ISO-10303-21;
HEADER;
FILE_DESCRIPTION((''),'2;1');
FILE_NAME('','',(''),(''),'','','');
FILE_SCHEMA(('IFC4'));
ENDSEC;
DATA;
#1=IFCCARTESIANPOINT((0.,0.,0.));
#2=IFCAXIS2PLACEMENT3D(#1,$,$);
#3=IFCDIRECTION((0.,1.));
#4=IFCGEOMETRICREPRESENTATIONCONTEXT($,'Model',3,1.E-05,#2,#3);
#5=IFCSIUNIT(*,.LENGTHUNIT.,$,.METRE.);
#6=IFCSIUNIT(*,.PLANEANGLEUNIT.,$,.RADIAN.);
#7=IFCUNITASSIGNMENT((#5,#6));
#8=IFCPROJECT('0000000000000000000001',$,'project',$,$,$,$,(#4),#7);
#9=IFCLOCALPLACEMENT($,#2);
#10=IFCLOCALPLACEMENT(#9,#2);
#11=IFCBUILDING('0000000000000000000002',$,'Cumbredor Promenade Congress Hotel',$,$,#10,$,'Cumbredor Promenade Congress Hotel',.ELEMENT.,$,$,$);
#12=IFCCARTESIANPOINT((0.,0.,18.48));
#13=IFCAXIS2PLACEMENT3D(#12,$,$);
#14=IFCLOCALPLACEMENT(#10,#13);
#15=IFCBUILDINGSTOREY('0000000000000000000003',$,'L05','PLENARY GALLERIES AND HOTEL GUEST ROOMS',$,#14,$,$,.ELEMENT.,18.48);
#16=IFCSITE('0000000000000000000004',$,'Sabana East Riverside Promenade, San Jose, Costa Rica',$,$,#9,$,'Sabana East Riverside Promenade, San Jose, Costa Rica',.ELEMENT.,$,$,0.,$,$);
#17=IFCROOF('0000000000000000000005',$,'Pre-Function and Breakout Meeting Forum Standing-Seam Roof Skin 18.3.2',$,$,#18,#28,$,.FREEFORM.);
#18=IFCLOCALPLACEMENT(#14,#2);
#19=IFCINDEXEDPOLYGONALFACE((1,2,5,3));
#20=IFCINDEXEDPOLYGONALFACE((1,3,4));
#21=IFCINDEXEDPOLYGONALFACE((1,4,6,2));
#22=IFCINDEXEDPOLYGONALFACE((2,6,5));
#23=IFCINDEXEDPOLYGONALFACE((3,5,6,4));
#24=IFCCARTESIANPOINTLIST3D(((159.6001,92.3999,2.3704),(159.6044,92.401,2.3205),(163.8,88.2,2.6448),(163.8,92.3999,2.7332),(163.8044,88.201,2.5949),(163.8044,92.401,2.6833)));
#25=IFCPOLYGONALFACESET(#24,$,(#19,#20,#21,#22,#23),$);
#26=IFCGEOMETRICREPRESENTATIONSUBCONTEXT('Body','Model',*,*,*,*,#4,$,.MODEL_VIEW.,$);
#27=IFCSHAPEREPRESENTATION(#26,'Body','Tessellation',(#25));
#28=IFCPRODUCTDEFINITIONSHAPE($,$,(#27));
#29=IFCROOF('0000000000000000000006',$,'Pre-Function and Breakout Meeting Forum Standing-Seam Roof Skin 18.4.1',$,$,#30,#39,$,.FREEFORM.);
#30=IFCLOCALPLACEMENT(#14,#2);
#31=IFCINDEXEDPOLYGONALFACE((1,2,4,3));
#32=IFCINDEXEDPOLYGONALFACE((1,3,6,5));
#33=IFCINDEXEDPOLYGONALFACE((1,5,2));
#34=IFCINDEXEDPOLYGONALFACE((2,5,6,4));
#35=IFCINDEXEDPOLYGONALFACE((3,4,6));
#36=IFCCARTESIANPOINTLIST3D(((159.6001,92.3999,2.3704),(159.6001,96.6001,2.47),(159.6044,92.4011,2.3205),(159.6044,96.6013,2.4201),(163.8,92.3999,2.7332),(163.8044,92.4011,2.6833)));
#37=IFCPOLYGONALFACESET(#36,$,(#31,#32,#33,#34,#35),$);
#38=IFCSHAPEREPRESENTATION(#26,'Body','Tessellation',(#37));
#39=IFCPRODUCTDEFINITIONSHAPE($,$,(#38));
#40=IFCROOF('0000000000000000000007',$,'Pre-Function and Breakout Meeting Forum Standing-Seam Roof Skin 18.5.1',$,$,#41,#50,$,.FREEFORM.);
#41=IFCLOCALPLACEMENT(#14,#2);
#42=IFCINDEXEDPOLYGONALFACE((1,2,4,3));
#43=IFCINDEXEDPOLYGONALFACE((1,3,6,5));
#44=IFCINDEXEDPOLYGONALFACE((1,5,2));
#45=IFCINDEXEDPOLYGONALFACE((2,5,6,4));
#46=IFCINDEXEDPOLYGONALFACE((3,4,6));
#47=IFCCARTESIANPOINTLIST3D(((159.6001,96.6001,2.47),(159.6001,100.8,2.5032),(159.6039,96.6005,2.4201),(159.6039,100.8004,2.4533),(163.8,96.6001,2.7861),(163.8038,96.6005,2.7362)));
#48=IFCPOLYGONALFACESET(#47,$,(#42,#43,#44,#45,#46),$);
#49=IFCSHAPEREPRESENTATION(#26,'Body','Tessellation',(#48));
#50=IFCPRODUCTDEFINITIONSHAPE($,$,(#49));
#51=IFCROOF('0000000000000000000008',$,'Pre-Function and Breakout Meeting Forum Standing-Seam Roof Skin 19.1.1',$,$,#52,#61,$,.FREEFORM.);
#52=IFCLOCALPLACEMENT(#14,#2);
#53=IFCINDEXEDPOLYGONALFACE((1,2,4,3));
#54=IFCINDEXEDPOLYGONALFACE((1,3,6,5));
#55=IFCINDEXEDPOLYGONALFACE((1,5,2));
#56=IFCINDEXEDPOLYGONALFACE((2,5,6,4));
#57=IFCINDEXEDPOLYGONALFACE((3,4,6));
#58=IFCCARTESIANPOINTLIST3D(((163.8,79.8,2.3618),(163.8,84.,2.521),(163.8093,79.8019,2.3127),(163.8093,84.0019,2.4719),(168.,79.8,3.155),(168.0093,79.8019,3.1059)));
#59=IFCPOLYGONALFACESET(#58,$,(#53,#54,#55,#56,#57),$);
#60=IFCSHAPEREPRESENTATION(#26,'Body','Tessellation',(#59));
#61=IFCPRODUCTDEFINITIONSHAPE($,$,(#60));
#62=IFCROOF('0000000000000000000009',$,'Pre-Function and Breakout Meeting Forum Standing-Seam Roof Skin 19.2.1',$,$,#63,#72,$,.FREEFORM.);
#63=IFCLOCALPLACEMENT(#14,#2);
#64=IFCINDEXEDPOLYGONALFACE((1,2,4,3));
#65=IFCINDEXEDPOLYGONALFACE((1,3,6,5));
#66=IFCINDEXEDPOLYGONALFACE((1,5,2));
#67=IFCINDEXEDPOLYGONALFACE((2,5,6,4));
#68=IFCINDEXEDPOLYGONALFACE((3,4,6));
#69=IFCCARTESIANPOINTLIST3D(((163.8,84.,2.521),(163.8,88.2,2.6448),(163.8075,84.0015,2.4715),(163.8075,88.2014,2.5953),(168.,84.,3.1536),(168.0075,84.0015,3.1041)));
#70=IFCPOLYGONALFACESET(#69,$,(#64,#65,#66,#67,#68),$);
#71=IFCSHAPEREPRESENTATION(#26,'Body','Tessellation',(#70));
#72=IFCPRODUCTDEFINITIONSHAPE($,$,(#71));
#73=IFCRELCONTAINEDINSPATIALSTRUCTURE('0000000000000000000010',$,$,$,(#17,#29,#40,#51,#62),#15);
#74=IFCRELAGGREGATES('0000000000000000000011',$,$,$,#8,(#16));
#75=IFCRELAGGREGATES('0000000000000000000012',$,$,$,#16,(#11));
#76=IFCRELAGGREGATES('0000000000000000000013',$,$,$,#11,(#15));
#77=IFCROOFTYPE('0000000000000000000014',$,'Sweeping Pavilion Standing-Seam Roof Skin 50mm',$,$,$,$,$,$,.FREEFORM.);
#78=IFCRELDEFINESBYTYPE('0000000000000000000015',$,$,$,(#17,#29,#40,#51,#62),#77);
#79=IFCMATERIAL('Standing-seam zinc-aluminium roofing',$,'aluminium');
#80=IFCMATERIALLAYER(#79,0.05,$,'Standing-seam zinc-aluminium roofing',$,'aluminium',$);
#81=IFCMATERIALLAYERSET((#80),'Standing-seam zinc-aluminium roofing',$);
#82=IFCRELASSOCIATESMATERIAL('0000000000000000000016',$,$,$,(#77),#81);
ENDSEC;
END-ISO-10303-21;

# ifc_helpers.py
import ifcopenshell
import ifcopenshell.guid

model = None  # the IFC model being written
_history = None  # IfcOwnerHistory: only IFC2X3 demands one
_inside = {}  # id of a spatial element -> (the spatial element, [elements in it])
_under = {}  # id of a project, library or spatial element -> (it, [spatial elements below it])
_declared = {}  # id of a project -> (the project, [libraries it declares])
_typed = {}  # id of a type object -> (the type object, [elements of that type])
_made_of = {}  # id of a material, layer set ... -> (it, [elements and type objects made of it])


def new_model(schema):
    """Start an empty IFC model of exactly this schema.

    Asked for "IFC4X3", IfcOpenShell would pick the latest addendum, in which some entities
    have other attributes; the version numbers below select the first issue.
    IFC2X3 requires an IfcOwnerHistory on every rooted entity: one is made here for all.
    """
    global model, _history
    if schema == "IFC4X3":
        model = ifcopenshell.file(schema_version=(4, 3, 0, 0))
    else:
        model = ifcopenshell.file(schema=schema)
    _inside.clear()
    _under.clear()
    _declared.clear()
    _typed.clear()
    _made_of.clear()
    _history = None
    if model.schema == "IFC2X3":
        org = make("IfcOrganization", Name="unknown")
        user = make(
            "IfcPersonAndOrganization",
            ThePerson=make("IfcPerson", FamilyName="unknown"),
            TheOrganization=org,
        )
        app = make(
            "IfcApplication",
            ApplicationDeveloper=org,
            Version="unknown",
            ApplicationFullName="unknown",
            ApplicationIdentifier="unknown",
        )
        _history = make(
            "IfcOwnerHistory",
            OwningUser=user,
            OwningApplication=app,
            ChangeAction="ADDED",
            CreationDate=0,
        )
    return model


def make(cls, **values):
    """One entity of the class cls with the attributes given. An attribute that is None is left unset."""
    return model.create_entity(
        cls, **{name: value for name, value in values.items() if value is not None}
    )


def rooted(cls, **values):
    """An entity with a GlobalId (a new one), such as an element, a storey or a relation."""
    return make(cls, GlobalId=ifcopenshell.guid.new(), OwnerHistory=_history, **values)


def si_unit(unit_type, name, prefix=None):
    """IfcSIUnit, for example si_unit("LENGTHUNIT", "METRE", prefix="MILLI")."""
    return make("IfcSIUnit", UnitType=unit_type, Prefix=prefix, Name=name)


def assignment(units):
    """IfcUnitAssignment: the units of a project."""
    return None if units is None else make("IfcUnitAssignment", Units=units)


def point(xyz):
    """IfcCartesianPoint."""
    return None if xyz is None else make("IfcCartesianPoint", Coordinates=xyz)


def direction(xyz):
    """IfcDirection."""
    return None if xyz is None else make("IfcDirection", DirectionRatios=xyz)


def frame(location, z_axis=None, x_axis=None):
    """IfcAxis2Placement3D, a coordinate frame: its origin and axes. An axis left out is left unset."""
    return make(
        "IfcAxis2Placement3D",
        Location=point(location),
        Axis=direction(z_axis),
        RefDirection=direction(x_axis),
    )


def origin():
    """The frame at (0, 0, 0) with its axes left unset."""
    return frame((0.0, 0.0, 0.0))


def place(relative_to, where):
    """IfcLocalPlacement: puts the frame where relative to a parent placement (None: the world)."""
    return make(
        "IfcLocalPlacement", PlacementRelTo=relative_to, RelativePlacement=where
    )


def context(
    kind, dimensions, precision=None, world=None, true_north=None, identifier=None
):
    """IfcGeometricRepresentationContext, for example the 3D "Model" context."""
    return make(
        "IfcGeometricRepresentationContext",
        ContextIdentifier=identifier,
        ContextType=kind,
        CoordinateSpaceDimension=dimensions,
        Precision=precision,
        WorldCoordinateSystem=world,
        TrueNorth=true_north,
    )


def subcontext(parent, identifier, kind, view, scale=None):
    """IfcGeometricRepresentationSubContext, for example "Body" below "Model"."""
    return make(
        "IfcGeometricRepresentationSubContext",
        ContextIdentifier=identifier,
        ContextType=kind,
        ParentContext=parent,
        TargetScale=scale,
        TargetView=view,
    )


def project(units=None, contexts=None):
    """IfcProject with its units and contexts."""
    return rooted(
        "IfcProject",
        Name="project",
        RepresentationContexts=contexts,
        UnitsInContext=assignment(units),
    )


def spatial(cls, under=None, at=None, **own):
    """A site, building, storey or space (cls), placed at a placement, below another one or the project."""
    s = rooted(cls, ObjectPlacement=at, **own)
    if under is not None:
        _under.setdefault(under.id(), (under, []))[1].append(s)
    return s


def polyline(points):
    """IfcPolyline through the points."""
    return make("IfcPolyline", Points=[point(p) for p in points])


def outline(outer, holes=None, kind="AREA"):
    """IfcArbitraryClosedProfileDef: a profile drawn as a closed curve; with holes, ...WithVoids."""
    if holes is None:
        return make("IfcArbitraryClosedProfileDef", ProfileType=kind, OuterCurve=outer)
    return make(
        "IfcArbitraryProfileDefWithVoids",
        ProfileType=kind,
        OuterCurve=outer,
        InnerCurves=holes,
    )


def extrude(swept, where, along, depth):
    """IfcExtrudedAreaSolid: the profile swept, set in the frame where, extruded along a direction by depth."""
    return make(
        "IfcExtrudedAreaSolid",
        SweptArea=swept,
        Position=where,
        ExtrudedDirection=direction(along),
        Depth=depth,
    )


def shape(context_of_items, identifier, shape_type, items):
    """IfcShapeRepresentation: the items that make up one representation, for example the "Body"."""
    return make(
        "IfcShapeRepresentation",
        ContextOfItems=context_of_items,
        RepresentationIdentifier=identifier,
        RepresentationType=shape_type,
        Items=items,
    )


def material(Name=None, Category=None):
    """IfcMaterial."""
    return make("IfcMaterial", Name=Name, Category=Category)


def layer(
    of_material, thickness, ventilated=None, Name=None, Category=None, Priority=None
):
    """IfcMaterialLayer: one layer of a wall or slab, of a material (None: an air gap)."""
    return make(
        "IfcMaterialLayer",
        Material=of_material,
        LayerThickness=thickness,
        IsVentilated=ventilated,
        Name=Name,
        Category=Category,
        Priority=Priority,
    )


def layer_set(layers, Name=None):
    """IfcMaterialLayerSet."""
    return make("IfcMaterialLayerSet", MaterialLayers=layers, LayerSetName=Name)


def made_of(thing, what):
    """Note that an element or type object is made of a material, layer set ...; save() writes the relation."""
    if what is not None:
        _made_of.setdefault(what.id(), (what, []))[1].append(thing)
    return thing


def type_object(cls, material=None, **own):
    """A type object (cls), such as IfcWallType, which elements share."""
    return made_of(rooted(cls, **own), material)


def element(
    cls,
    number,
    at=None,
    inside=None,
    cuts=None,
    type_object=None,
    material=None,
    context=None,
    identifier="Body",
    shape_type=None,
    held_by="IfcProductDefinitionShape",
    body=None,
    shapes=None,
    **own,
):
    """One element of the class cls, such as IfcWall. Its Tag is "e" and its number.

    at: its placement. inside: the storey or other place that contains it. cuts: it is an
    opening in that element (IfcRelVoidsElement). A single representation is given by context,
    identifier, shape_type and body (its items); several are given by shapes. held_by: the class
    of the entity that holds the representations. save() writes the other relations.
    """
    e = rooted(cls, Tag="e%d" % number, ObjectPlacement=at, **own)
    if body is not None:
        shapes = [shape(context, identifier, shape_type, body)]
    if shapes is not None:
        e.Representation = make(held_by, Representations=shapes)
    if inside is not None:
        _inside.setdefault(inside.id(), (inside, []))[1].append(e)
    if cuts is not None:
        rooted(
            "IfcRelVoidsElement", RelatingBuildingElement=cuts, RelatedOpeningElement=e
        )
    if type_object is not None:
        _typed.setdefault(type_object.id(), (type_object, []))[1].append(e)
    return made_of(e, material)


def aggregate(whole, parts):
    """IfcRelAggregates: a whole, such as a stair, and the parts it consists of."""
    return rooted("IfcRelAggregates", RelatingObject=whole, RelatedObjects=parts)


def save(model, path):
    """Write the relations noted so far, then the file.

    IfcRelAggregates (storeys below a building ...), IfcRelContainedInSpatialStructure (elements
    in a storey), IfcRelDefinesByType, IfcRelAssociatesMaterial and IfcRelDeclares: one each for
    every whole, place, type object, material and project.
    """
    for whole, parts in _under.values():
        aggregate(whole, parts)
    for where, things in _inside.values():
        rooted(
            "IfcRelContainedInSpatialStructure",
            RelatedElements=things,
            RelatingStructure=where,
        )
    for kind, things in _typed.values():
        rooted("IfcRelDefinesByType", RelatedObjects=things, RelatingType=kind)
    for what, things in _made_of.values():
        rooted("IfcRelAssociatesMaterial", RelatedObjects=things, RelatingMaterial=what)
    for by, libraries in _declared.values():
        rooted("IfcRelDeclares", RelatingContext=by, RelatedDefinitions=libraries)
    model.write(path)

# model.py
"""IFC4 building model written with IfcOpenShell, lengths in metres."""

from ifc_helpers import new_model, si_unit, direction, frame, origin, place, context, subcontext, project, spatial, polyline, outline, extrude, material, layer, layer_set, type_object, element, save


model = new_model("IFC4")

# Units and contexts
model_context = context("Model", 3, precision=1e-05, world=origin(), true_north=direction((0.0, 1.0)))
body_context = subcontext(model_context, "Body", "Model", "MODEL_VIEW")
ifc_project = project(units=[si_unit("LENGTHUNIT", "METRE"), si_unit("PLANEANGLEUNIT", "RADIAN")], contexts=[model_context])

# Site, building, storey
site_placement = place(None, origin())
site = spatial("IfcSite", under=ifc_project, at=site_placement, Name="Sabana East Riverside Promenade, San Jose, Costa Rica", LongName="Sabana East Riverside Promenade, San Jose, Costa Rica", CompositionType="ELEMENT", RefElevation=0.0)
building_placement = place(site_placement, origin())
building = spatial("IfcBuilding", under=site, at=building_placement, Name="Cumbredor Promenade Congress Hotel", LongName="Cumbredor Promenade Congress Hotel", CompositionType="ELEMENT")
storey_placement = place(building_placement, frame((0.0, 0.0, 18.48)))
storey = spatial("IfcBuildingStorey", under=building, at=storey_placement, Name="L05", Description="PLENARY GALLERIES AND HOTEL GUEST ROOMS", CompositionType="ELEMENT", Elevation=18.48)

# Roofs
ifc_material_1 = material(Name="Standing-seam zinc-aluminium roofing", Category="aluminium")
ifc_layer_1 = layer(ifc_material_1, 0.05, Name="Standing-seam zinc-aluminium roofing", Category="aluminium")
ifc_layer_set_1 = layer_set([ifc_layer_1], Name="Standing-seam zinc-aluminium roofing")
roof_type = type_object("IfcRoofType", Name="Sweeping Pavilion Standing-Seam Roof Skin 50mm", PredefinedType="FREEFORM", material=ifc_layer_set_1)
roof_1_placement = place(storey_placement, frame((163.8, 88.2, 2.6448), z_axis=(-0.086041, -0.02096, 0.996071), x_axis=(0.0, 0.999779, 0.021038)))
element("IfcRoof", 1, at=roof_1_placement, inside=storey, type_object=roof_type, Name="Pre-Function and Breakout Meeting Forum Standing-Seam Roof Skin 18.3.2", PredefinedType="FREEFORM", context=body_context, shape_type="SweptSolid", body=[
    extrude(outline(polyline([(0.0, 0.0), (4.2009, 0.0), (4.1932, 4.2156), (0.0, 0.0)])), origin(), (0.0, 0.0, -1.0), 0.05),
])
roof_2_placement = place(storey_placement, frame((159.6001, 92.3999, 2.3704), z_axis=(-0.086036, -0.023621, 0.996012), x_axis=(0.99629, 0.0, 0.08606)))
element("IfcRoof", 2, at=roof_2_placement, inside=storey, type_object=roof_type, Name="Pre-Function and Breakout Meeting Forum Standing-Seam Roof Skin 18.4.1", PredefinedType="FREEFORM", context=body_context, shape_type="SweptSolid", body=[
    extrude(outline(polyline([(0.0, 0.0), (4.2156, 0.0), (0.0086, 4.2014), (0.0, 0.0)])), origin(), (0.0, 0.0, -1.0), 0.05),
])
roof_3_placement = place(storey_placement, frame((159.6001, 96.6001, 2.47), z_axis=(-0.075063, -0.007883, 0.997148), x_axis=(0.997179, 0.0, 0.075065)))
element("IfcRoof", 3, at=roof_3_placement, inside=storey, type_object=roof_type, Name="Pre-Function and Breakout Meeting Forum Standing-Seam Roof Skin 18.5.1", PredefinedType="FREEFORM", context=body_context, shape_type="SweptSolid", body=[
    extrude(outline(polyline([(0.0, 0.0), (4.2118, 0.0), (0.0025, 4.2001), (0.0, 0.0)])), origin(), (0.0, 0.0, -1.0), 0.05),
])
roof_4_placement = place(storey_placement, frame((163.8, 79.8, 2.3618), z_axis=(-0.185453, -0.037216, 0.981948), x_axis=(0.982629, 0.0, 0.185582)))
element("IfcRoof", 4, at=roof_4_placement, inside=storey, type_object=roof_type, Name="Pre-Function and Breakout Meeting Forum Standing-Seam Roof Skin 19.1.1", PredefinedType="FREEFORM", context=body_context, shape_type="SweptSolid", body=[
    extrude(outline(polyline([(0.0, 0.0), (4.2742, 0.0), (0.0295, 4.2029), (0.0, 0.0)])), origin(), (0.0, 0.0, -1.0), 0.05),
])
roof_5_placement = place(storey_placement, frame((163.8, 84.0, 2.521), z_axis=(-0.14887, -0.029131, 0.988428), x_axis=(0.988847, 0.0, 0.148934)))
element("IfcRoof", 5, at=roof_5_placement, inside=storey, type_object=roof_type, Name="Pre-Function and Breakout Meeting Forum Standing-Seam Roof Skin 19.2.1", PredefinedType="FREEFORM", context=body_context, shape_type="SweptSolid", body=[
    extrude(outline(polyline([(0.0, 0.0), (4.2473, 0.0), (0.0184, 4.2017), (0.0, 0.0)])), origin(), (0.0, 0.0, -1.0), 0.05),
])

save(model, "model.ifc")
